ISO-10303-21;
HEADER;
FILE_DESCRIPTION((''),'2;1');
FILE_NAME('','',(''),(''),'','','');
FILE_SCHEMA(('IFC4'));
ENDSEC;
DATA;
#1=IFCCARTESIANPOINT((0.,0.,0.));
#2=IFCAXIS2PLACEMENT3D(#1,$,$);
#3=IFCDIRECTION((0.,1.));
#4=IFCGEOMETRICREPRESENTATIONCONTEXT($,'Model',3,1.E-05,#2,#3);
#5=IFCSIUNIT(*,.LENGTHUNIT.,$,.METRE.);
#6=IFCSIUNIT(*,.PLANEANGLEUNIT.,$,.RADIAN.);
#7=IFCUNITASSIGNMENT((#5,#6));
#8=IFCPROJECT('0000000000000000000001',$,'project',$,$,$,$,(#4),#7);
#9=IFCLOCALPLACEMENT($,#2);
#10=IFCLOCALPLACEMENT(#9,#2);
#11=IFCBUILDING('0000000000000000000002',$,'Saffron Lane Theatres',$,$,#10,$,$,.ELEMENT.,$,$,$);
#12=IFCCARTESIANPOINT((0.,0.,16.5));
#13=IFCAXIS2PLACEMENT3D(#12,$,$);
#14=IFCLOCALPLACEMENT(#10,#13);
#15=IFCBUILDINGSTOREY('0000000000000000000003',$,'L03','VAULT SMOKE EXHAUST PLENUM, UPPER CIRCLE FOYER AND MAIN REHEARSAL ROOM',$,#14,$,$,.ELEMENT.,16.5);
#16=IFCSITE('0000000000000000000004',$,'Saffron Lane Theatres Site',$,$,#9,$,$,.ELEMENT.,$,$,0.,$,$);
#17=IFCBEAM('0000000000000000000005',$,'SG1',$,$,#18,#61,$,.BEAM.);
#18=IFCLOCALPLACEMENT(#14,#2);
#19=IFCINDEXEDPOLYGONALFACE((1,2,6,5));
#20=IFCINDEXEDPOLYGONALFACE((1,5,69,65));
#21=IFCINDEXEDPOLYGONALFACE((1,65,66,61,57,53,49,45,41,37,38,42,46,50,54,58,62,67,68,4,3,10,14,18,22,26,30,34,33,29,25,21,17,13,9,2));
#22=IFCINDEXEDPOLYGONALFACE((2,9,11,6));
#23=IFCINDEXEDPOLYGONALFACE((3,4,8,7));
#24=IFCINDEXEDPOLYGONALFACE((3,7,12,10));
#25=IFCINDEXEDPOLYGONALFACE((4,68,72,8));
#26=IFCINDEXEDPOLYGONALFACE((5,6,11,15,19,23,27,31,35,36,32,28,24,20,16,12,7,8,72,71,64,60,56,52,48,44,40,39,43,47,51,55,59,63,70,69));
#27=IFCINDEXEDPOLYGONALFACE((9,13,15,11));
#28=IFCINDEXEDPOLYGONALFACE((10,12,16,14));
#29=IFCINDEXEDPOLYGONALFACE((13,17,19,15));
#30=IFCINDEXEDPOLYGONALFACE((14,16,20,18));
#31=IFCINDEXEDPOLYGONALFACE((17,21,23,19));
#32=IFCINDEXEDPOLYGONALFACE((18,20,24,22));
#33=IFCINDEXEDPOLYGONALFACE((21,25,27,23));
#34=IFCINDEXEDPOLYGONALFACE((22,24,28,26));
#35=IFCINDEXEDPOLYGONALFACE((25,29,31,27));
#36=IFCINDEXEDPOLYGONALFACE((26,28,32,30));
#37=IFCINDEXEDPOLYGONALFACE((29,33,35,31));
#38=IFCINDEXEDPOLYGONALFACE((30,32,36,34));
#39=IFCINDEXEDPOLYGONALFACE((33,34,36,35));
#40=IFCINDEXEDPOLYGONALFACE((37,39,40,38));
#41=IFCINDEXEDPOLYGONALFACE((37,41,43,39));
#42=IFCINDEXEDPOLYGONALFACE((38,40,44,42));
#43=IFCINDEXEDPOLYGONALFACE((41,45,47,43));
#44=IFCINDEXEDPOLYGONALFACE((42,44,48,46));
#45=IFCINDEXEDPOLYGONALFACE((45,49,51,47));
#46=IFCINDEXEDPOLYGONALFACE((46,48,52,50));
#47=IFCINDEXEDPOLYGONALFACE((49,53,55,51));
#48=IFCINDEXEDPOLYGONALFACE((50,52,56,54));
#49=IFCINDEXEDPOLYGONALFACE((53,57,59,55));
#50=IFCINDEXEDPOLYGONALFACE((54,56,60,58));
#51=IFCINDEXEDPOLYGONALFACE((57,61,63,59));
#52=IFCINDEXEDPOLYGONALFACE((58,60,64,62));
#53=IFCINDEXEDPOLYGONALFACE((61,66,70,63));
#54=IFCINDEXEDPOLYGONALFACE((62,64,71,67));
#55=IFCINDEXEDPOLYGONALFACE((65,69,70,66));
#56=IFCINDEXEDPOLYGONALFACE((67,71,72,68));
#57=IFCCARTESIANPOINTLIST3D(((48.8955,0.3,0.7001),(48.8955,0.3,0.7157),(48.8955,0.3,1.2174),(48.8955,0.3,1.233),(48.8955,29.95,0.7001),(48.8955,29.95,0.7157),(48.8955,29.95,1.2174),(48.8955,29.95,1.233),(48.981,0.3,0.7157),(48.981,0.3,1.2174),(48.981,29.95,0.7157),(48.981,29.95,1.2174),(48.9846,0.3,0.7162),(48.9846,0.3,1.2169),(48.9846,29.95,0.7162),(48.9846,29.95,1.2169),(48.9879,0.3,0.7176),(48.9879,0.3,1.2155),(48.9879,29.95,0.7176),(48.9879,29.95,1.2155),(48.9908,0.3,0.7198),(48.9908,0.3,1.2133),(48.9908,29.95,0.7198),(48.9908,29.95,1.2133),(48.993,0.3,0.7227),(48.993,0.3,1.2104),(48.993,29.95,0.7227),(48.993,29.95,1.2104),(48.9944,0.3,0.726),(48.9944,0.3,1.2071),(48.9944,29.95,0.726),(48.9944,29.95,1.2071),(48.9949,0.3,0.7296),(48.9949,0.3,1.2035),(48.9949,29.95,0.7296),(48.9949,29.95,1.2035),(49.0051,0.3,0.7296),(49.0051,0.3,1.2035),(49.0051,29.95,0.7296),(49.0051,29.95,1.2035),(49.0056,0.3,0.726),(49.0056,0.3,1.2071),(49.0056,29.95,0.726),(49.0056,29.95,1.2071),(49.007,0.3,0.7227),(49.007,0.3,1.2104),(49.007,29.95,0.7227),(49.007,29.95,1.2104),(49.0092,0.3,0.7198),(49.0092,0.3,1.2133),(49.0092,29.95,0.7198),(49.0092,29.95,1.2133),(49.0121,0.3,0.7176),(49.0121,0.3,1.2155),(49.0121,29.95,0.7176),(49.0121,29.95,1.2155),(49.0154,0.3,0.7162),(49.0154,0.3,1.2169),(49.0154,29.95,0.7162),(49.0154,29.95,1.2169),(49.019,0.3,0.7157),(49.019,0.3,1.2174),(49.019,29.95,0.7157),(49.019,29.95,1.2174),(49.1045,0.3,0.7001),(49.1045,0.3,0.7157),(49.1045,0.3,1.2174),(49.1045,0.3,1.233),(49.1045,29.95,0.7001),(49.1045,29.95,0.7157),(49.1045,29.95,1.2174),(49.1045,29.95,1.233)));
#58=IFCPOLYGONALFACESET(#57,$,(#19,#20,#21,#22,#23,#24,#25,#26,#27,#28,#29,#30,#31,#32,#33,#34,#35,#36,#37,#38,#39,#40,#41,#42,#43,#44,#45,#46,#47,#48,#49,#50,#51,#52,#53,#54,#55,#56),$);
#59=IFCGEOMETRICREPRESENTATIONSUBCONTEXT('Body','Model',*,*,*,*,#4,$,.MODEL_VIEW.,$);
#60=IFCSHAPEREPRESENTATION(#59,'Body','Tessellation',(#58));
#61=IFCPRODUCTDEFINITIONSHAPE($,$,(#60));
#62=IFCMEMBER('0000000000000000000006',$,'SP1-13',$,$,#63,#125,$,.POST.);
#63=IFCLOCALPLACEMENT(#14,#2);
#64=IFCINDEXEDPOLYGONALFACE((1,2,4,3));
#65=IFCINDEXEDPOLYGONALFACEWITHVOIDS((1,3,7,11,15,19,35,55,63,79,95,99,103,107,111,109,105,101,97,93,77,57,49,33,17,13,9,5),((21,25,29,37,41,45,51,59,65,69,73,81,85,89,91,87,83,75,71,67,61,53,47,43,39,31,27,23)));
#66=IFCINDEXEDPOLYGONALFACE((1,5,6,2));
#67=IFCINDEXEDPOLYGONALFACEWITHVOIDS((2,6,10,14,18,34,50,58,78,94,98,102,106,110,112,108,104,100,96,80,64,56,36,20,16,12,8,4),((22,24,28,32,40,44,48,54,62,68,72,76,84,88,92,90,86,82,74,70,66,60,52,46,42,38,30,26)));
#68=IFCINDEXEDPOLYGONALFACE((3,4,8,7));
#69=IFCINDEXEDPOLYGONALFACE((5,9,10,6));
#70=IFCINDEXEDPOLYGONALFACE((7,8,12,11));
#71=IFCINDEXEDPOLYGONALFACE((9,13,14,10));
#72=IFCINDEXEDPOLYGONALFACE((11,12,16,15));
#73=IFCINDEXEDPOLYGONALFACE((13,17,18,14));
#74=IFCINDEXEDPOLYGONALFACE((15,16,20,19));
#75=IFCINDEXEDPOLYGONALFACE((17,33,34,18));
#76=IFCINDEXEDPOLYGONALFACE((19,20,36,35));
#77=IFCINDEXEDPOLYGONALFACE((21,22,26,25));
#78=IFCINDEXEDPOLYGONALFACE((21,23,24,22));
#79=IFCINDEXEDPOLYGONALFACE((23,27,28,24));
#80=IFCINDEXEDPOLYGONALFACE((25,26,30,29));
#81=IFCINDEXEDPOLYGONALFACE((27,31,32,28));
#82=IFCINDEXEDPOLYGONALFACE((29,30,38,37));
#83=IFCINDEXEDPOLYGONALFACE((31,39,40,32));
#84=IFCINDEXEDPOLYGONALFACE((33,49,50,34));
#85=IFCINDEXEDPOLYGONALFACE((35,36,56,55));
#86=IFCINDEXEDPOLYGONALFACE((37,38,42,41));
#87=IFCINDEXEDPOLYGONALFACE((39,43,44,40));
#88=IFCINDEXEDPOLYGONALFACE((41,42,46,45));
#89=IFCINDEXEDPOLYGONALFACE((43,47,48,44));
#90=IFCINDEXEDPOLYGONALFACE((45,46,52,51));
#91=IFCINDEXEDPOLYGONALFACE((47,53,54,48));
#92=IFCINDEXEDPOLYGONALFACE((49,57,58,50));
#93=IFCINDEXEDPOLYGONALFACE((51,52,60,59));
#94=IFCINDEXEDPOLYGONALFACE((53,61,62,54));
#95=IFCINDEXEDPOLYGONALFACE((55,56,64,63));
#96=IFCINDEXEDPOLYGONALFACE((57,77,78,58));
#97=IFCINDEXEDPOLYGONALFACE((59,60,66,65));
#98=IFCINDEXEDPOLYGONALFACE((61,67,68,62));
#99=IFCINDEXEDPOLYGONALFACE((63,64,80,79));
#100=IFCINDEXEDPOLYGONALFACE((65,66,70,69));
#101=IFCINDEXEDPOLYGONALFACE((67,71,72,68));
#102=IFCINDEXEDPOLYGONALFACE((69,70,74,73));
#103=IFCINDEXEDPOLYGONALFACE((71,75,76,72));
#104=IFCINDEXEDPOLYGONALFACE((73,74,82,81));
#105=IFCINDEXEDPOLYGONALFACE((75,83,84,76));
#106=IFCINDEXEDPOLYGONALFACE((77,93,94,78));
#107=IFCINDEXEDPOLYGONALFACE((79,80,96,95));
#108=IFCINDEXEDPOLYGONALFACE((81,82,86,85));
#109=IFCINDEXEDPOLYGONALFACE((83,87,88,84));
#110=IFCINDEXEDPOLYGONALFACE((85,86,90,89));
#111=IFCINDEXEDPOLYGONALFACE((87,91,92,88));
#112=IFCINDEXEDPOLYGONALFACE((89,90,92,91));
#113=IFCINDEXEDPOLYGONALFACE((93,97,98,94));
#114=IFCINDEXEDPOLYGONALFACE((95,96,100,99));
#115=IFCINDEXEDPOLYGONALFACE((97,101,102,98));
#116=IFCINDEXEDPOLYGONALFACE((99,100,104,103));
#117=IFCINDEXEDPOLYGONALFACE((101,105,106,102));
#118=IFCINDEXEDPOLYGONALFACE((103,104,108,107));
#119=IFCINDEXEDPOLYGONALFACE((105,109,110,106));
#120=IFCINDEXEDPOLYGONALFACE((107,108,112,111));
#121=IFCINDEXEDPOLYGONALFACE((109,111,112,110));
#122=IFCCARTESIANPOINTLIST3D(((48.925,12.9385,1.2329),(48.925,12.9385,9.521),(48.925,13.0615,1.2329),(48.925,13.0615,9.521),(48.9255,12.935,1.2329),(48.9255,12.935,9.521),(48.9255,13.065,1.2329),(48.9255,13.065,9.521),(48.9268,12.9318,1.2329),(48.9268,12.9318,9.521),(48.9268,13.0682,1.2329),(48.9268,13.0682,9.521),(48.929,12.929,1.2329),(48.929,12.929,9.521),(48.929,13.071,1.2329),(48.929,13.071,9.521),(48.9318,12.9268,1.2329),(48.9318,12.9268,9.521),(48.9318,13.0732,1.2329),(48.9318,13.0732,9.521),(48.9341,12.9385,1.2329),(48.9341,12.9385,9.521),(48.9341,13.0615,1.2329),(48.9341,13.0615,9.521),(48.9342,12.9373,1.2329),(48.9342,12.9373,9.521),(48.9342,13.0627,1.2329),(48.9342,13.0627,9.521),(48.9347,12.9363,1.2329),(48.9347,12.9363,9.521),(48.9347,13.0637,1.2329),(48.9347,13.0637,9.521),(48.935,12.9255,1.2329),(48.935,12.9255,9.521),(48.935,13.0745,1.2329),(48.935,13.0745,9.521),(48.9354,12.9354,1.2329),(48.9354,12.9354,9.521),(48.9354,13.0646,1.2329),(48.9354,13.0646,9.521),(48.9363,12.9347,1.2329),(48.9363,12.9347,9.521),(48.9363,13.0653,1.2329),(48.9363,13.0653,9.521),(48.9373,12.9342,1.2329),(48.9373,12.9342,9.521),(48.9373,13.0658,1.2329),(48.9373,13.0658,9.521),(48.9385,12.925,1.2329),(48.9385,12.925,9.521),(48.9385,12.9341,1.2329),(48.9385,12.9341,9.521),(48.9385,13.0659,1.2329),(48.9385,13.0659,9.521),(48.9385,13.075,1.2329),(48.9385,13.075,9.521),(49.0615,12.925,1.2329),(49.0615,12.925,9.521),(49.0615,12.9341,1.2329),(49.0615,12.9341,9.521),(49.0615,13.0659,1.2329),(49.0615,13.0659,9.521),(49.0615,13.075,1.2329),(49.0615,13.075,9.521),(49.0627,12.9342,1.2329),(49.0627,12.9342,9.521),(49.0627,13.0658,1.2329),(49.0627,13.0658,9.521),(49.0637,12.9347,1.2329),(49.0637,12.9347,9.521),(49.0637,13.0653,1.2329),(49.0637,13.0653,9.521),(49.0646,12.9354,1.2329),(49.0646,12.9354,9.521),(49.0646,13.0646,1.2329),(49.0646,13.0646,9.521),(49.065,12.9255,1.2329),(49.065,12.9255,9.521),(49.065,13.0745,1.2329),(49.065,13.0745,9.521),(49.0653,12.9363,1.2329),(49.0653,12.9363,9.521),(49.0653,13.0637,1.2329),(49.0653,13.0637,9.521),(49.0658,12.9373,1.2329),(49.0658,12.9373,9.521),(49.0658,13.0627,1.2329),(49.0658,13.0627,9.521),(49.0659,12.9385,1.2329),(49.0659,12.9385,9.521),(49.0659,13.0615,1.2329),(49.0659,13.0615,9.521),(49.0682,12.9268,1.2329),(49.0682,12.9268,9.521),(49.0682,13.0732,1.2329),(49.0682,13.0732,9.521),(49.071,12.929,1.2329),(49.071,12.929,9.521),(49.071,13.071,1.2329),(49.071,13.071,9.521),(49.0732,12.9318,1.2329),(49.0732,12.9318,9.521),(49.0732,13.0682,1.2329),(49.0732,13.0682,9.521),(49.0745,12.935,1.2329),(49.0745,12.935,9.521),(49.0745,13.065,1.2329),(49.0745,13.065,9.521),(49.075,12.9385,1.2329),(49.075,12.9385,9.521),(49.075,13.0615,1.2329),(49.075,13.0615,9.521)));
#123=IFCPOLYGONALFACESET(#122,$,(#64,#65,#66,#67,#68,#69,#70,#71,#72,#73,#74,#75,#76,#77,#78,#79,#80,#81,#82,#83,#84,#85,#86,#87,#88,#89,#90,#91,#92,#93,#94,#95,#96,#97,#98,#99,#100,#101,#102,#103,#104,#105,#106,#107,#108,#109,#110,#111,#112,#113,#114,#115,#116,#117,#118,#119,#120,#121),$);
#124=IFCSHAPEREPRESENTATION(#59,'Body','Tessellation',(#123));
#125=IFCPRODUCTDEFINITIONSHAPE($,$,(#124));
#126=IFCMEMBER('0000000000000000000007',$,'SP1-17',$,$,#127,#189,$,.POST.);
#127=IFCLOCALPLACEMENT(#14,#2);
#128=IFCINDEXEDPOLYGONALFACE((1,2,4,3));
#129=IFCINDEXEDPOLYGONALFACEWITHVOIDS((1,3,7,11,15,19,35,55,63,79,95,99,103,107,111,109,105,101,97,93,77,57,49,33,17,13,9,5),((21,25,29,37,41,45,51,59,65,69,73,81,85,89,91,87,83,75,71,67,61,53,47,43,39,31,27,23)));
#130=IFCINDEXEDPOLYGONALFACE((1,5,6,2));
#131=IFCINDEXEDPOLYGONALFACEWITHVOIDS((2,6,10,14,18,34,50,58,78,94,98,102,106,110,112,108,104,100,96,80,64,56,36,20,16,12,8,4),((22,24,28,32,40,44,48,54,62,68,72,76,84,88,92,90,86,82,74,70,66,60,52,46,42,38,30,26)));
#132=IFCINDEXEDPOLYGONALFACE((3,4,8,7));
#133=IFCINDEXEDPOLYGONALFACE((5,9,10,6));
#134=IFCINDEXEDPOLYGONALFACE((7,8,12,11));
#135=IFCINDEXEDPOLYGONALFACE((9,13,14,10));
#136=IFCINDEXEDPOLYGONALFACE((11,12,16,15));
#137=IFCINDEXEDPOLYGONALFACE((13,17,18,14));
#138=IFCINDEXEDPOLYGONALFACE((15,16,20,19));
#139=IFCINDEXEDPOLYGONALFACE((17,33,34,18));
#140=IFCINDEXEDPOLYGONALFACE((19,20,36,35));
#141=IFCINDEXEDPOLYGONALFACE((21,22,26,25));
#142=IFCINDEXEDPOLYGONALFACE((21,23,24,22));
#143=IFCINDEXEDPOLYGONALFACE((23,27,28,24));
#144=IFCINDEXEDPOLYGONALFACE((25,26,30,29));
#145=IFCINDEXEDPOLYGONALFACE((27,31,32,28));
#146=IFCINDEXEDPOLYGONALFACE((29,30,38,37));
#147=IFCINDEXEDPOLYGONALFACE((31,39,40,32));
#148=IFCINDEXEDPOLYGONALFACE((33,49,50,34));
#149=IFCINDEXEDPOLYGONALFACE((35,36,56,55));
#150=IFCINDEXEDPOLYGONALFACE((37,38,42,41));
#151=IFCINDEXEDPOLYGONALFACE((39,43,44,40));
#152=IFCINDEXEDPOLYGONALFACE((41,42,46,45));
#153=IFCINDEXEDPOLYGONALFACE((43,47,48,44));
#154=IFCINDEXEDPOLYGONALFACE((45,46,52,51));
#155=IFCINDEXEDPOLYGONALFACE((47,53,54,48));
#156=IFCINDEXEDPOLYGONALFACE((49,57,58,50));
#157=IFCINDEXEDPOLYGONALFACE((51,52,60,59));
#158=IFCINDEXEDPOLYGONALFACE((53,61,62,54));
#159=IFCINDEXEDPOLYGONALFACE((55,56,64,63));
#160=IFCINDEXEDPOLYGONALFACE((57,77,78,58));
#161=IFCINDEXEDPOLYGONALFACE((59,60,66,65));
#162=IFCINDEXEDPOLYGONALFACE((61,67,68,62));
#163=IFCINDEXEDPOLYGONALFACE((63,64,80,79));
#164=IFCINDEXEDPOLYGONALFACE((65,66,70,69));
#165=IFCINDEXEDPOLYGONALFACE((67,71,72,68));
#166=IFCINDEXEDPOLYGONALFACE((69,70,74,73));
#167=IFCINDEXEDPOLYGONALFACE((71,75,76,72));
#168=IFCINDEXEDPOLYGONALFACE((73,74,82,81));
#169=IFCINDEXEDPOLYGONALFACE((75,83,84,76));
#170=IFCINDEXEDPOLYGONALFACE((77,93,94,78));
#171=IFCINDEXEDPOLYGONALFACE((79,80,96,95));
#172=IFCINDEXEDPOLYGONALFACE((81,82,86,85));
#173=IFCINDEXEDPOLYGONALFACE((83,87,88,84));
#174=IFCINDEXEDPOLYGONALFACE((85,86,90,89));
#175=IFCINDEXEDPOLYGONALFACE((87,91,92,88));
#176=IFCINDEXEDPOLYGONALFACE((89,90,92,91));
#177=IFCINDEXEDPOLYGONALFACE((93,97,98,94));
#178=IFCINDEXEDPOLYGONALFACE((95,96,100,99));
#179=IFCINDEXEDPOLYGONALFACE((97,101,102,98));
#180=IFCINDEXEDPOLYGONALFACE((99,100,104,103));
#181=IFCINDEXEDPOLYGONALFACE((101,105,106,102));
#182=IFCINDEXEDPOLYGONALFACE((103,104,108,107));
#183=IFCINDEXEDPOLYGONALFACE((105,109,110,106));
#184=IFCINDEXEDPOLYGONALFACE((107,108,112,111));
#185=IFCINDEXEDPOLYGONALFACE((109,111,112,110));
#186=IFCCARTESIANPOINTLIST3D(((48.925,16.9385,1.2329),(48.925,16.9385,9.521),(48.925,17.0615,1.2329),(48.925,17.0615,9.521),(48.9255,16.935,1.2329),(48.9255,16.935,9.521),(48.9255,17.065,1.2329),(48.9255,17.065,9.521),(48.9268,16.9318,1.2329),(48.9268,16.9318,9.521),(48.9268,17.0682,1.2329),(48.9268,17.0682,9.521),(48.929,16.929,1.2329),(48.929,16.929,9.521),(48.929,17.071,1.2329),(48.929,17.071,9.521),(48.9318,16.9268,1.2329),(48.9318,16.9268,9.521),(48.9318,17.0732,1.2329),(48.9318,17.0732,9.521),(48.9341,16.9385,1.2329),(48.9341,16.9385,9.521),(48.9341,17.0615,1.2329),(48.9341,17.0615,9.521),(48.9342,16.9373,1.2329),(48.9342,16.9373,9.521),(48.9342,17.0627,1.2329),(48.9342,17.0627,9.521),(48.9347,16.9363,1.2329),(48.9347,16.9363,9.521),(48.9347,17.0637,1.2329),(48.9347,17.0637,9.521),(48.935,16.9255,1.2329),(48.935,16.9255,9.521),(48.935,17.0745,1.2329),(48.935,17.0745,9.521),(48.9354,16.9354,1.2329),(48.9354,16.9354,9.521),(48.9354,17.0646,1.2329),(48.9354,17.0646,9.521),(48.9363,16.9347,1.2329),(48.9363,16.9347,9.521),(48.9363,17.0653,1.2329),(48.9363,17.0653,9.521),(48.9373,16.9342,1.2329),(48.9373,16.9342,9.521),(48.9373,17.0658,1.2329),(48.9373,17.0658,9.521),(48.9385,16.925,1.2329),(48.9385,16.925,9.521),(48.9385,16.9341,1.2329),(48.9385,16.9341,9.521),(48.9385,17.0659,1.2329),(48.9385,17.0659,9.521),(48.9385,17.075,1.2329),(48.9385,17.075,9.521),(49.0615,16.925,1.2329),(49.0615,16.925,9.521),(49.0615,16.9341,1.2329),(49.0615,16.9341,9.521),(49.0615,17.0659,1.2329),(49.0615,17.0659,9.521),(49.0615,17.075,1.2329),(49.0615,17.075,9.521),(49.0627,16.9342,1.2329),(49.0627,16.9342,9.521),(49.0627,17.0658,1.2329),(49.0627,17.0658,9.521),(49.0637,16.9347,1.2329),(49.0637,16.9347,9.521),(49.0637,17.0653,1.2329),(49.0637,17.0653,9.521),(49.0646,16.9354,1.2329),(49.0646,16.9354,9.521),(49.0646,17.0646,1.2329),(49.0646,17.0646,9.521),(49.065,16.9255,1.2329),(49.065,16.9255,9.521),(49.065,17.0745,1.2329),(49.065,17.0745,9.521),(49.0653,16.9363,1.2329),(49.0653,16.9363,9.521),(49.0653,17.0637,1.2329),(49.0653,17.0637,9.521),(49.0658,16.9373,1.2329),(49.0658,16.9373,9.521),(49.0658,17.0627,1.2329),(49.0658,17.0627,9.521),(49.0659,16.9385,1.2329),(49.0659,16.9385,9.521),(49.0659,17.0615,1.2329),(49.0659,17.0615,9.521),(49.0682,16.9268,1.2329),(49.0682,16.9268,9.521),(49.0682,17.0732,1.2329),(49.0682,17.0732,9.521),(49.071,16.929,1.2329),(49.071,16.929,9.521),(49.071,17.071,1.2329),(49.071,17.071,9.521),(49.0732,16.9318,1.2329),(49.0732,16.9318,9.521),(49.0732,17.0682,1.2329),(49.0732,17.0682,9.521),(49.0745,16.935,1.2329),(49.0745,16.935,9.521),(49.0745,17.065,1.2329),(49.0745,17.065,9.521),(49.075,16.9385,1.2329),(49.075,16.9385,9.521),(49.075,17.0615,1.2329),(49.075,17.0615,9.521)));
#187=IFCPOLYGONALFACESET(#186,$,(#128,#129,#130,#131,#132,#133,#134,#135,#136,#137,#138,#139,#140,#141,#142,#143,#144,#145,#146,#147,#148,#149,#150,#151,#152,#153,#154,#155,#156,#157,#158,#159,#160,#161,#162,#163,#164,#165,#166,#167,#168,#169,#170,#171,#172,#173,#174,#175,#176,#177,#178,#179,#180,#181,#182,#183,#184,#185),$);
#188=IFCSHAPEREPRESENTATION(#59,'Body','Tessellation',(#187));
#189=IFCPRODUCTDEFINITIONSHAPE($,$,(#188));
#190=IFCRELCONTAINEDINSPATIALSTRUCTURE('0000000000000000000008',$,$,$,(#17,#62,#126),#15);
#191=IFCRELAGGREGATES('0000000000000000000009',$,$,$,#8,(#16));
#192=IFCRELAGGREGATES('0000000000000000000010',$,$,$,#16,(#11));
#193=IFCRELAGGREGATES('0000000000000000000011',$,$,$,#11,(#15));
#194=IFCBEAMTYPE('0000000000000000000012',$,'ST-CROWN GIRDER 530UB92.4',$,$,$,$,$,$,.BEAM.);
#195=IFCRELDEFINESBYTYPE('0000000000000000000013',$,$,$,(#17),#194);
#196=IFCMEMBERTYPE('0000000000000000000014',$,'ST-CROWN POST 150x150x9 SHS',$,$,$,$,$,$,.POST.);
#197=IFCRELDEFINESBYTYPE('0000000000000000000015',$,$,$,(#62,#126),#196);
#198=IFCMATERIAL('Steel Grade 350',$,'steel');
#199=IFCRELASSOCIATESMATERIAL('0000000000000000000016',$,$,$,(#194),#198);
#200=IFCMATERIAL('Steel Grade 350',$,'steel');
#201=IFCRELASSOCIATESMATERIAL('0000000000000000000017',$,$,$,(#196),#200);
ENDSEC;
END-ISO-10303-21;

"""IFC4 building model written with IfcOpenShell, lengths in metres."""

from ifc_helpers import new_model, si_unit, direction, frame, origin, origin_2d, place, context, subcontext, project, spatial, hollow_rectangle, i_section, extrude, material, material_profile, profile_set, type_object, element, save


model = new_model("IFC4")

# Units and contexts
model_context = context("Model", 3, precision=1e-05, world=origin(), true_north=direction((0.0, 1.0)))
body_context = subcontext(model_context, "Body", "Model", "MODEL_VIEW")
ifc_project = project(units=[si_unit("LENGTHUNIT", "METRE"), si_unit("PLANEANGLEUNIT", "RADIAN")], contexts=[model_context])

# Site, building, storey
site_placement = place(None, origin())
site = spatial("IfcSite", under=ifc_project, at=site_placement, Name="Saffron Lane Theatres Site", CompositionType="ELEMENT", RefElevation=0.0)
building_placement = place(site_placement, origin())
building = spatial("IfcBuilding", under=site, at=building_placement, Name="Saffron Lane Theatres", CompositionType="ELEMENT")
storey_placement = place(building_placement, frame((0.0, 0.0, 16.5)))
storey = spatial("IfcBuildingStorey", under=building, at=storey_placement, Name="L03", Description="VAULT SMOKE EXHAUST PLENUM, UPPER CIRCLE FOYER AND MAIN REHEARSAL ROOM", CompositionType="ELEMENT", Elevation=16.5)

# Beam
ifc_material_1 = material(Name="Steel Grade 350", Category="steel")
ifc_material_profile_1 = material_profile(ifc_material_1, i_section(OverallWidth=0.209, OverallDepth=0.533, WebThickness=0.0103, FlangeThickness=0.0156, FilletRadius=0.0139, at=origin_2d()))
ifc_profile_set_1 = profile_set([ifc_material_profile_1], Name="Steel Grade 350")
beam_type_1 = type_object("IfcBeamType", Name="ST-CROWN GIRDER 530UB92.4", PredefinedType="BEAM", material=ifc_profile_set_1)
beam_1_placement = place(storey_placement, frame((49.0, 0.3, 0.9666), z_axis=(0.0, 1.0, 0.0), x_axis=(-1.0, 0.0, 0.0)))
element("IfcBeam", 1, at=beam_1_placement, inside=storey, type_object=beam_type_1, Name="SG1", PredefinedType="BEAM", context=body_context, shape_type="SweptSolid", body=[
    extrude(i_section(OverallWidth=0.209, OverallDepth=0.533, WebThickness=0.0103, FlangeThickness=0.0156, FilletRadius=0.0139, at=origin_2d()), origin(), (0.0, 0.0, 1.0), 29.6499),
])

# Members
ifc_material_2 = material(Name="Steel Grade 350", Category="steel")
ifc_material_profile_2 = material_profile(ifc_material_2, hollow_rectangle(XDim=0.1499, YDim=0.1499, WallThickness=0.009, InnerFilletRadius=0.0044, OuterFilletRadius=0.0134, at=origin_2d()))
ifc_profile_set_2 = profile_set([ifc_material_profile_2], Name="Steel Grade 350")
member_type_1 = type_object("IfcMemberType", Name="ST-CROWN POST 150x150x9 SHS", PredefinedType="POST", material=ifc_profile_set_2)
for number, where, z_axis, x_axis, name in (
    (2, (49.0, 13.0, 1.2329), (0.0, 0.0, 1.0), (1.0, 0.0, 0.0), "SP1-13"),
    (3, (49.0, 17.0, 1.2329), (0.0, 0.0, 1.0), (1.0, 0.0, 0.0), "SP1-17"),
):
    element("IfcMember", number, at=place(storey_placement, frame(where, z_axis=z_axis, x_axis=x_axis)), inside=storey, type_object=member_type_1, Name=name, PredefinedType="POST", context=body_context, shape_type="SweptSolid", body=[
        extrude(hollow_rectangle(XDim=0.1499, YDim=0.1499, WallThickness=0.009, InnerFilletRadius=0.0044, OuterFilletRadius=0.0134, at=origin_2d()), origin(), (0.0, 0.0, 1.0), 8.2881),
    ])

save(model, "model.ifc")
